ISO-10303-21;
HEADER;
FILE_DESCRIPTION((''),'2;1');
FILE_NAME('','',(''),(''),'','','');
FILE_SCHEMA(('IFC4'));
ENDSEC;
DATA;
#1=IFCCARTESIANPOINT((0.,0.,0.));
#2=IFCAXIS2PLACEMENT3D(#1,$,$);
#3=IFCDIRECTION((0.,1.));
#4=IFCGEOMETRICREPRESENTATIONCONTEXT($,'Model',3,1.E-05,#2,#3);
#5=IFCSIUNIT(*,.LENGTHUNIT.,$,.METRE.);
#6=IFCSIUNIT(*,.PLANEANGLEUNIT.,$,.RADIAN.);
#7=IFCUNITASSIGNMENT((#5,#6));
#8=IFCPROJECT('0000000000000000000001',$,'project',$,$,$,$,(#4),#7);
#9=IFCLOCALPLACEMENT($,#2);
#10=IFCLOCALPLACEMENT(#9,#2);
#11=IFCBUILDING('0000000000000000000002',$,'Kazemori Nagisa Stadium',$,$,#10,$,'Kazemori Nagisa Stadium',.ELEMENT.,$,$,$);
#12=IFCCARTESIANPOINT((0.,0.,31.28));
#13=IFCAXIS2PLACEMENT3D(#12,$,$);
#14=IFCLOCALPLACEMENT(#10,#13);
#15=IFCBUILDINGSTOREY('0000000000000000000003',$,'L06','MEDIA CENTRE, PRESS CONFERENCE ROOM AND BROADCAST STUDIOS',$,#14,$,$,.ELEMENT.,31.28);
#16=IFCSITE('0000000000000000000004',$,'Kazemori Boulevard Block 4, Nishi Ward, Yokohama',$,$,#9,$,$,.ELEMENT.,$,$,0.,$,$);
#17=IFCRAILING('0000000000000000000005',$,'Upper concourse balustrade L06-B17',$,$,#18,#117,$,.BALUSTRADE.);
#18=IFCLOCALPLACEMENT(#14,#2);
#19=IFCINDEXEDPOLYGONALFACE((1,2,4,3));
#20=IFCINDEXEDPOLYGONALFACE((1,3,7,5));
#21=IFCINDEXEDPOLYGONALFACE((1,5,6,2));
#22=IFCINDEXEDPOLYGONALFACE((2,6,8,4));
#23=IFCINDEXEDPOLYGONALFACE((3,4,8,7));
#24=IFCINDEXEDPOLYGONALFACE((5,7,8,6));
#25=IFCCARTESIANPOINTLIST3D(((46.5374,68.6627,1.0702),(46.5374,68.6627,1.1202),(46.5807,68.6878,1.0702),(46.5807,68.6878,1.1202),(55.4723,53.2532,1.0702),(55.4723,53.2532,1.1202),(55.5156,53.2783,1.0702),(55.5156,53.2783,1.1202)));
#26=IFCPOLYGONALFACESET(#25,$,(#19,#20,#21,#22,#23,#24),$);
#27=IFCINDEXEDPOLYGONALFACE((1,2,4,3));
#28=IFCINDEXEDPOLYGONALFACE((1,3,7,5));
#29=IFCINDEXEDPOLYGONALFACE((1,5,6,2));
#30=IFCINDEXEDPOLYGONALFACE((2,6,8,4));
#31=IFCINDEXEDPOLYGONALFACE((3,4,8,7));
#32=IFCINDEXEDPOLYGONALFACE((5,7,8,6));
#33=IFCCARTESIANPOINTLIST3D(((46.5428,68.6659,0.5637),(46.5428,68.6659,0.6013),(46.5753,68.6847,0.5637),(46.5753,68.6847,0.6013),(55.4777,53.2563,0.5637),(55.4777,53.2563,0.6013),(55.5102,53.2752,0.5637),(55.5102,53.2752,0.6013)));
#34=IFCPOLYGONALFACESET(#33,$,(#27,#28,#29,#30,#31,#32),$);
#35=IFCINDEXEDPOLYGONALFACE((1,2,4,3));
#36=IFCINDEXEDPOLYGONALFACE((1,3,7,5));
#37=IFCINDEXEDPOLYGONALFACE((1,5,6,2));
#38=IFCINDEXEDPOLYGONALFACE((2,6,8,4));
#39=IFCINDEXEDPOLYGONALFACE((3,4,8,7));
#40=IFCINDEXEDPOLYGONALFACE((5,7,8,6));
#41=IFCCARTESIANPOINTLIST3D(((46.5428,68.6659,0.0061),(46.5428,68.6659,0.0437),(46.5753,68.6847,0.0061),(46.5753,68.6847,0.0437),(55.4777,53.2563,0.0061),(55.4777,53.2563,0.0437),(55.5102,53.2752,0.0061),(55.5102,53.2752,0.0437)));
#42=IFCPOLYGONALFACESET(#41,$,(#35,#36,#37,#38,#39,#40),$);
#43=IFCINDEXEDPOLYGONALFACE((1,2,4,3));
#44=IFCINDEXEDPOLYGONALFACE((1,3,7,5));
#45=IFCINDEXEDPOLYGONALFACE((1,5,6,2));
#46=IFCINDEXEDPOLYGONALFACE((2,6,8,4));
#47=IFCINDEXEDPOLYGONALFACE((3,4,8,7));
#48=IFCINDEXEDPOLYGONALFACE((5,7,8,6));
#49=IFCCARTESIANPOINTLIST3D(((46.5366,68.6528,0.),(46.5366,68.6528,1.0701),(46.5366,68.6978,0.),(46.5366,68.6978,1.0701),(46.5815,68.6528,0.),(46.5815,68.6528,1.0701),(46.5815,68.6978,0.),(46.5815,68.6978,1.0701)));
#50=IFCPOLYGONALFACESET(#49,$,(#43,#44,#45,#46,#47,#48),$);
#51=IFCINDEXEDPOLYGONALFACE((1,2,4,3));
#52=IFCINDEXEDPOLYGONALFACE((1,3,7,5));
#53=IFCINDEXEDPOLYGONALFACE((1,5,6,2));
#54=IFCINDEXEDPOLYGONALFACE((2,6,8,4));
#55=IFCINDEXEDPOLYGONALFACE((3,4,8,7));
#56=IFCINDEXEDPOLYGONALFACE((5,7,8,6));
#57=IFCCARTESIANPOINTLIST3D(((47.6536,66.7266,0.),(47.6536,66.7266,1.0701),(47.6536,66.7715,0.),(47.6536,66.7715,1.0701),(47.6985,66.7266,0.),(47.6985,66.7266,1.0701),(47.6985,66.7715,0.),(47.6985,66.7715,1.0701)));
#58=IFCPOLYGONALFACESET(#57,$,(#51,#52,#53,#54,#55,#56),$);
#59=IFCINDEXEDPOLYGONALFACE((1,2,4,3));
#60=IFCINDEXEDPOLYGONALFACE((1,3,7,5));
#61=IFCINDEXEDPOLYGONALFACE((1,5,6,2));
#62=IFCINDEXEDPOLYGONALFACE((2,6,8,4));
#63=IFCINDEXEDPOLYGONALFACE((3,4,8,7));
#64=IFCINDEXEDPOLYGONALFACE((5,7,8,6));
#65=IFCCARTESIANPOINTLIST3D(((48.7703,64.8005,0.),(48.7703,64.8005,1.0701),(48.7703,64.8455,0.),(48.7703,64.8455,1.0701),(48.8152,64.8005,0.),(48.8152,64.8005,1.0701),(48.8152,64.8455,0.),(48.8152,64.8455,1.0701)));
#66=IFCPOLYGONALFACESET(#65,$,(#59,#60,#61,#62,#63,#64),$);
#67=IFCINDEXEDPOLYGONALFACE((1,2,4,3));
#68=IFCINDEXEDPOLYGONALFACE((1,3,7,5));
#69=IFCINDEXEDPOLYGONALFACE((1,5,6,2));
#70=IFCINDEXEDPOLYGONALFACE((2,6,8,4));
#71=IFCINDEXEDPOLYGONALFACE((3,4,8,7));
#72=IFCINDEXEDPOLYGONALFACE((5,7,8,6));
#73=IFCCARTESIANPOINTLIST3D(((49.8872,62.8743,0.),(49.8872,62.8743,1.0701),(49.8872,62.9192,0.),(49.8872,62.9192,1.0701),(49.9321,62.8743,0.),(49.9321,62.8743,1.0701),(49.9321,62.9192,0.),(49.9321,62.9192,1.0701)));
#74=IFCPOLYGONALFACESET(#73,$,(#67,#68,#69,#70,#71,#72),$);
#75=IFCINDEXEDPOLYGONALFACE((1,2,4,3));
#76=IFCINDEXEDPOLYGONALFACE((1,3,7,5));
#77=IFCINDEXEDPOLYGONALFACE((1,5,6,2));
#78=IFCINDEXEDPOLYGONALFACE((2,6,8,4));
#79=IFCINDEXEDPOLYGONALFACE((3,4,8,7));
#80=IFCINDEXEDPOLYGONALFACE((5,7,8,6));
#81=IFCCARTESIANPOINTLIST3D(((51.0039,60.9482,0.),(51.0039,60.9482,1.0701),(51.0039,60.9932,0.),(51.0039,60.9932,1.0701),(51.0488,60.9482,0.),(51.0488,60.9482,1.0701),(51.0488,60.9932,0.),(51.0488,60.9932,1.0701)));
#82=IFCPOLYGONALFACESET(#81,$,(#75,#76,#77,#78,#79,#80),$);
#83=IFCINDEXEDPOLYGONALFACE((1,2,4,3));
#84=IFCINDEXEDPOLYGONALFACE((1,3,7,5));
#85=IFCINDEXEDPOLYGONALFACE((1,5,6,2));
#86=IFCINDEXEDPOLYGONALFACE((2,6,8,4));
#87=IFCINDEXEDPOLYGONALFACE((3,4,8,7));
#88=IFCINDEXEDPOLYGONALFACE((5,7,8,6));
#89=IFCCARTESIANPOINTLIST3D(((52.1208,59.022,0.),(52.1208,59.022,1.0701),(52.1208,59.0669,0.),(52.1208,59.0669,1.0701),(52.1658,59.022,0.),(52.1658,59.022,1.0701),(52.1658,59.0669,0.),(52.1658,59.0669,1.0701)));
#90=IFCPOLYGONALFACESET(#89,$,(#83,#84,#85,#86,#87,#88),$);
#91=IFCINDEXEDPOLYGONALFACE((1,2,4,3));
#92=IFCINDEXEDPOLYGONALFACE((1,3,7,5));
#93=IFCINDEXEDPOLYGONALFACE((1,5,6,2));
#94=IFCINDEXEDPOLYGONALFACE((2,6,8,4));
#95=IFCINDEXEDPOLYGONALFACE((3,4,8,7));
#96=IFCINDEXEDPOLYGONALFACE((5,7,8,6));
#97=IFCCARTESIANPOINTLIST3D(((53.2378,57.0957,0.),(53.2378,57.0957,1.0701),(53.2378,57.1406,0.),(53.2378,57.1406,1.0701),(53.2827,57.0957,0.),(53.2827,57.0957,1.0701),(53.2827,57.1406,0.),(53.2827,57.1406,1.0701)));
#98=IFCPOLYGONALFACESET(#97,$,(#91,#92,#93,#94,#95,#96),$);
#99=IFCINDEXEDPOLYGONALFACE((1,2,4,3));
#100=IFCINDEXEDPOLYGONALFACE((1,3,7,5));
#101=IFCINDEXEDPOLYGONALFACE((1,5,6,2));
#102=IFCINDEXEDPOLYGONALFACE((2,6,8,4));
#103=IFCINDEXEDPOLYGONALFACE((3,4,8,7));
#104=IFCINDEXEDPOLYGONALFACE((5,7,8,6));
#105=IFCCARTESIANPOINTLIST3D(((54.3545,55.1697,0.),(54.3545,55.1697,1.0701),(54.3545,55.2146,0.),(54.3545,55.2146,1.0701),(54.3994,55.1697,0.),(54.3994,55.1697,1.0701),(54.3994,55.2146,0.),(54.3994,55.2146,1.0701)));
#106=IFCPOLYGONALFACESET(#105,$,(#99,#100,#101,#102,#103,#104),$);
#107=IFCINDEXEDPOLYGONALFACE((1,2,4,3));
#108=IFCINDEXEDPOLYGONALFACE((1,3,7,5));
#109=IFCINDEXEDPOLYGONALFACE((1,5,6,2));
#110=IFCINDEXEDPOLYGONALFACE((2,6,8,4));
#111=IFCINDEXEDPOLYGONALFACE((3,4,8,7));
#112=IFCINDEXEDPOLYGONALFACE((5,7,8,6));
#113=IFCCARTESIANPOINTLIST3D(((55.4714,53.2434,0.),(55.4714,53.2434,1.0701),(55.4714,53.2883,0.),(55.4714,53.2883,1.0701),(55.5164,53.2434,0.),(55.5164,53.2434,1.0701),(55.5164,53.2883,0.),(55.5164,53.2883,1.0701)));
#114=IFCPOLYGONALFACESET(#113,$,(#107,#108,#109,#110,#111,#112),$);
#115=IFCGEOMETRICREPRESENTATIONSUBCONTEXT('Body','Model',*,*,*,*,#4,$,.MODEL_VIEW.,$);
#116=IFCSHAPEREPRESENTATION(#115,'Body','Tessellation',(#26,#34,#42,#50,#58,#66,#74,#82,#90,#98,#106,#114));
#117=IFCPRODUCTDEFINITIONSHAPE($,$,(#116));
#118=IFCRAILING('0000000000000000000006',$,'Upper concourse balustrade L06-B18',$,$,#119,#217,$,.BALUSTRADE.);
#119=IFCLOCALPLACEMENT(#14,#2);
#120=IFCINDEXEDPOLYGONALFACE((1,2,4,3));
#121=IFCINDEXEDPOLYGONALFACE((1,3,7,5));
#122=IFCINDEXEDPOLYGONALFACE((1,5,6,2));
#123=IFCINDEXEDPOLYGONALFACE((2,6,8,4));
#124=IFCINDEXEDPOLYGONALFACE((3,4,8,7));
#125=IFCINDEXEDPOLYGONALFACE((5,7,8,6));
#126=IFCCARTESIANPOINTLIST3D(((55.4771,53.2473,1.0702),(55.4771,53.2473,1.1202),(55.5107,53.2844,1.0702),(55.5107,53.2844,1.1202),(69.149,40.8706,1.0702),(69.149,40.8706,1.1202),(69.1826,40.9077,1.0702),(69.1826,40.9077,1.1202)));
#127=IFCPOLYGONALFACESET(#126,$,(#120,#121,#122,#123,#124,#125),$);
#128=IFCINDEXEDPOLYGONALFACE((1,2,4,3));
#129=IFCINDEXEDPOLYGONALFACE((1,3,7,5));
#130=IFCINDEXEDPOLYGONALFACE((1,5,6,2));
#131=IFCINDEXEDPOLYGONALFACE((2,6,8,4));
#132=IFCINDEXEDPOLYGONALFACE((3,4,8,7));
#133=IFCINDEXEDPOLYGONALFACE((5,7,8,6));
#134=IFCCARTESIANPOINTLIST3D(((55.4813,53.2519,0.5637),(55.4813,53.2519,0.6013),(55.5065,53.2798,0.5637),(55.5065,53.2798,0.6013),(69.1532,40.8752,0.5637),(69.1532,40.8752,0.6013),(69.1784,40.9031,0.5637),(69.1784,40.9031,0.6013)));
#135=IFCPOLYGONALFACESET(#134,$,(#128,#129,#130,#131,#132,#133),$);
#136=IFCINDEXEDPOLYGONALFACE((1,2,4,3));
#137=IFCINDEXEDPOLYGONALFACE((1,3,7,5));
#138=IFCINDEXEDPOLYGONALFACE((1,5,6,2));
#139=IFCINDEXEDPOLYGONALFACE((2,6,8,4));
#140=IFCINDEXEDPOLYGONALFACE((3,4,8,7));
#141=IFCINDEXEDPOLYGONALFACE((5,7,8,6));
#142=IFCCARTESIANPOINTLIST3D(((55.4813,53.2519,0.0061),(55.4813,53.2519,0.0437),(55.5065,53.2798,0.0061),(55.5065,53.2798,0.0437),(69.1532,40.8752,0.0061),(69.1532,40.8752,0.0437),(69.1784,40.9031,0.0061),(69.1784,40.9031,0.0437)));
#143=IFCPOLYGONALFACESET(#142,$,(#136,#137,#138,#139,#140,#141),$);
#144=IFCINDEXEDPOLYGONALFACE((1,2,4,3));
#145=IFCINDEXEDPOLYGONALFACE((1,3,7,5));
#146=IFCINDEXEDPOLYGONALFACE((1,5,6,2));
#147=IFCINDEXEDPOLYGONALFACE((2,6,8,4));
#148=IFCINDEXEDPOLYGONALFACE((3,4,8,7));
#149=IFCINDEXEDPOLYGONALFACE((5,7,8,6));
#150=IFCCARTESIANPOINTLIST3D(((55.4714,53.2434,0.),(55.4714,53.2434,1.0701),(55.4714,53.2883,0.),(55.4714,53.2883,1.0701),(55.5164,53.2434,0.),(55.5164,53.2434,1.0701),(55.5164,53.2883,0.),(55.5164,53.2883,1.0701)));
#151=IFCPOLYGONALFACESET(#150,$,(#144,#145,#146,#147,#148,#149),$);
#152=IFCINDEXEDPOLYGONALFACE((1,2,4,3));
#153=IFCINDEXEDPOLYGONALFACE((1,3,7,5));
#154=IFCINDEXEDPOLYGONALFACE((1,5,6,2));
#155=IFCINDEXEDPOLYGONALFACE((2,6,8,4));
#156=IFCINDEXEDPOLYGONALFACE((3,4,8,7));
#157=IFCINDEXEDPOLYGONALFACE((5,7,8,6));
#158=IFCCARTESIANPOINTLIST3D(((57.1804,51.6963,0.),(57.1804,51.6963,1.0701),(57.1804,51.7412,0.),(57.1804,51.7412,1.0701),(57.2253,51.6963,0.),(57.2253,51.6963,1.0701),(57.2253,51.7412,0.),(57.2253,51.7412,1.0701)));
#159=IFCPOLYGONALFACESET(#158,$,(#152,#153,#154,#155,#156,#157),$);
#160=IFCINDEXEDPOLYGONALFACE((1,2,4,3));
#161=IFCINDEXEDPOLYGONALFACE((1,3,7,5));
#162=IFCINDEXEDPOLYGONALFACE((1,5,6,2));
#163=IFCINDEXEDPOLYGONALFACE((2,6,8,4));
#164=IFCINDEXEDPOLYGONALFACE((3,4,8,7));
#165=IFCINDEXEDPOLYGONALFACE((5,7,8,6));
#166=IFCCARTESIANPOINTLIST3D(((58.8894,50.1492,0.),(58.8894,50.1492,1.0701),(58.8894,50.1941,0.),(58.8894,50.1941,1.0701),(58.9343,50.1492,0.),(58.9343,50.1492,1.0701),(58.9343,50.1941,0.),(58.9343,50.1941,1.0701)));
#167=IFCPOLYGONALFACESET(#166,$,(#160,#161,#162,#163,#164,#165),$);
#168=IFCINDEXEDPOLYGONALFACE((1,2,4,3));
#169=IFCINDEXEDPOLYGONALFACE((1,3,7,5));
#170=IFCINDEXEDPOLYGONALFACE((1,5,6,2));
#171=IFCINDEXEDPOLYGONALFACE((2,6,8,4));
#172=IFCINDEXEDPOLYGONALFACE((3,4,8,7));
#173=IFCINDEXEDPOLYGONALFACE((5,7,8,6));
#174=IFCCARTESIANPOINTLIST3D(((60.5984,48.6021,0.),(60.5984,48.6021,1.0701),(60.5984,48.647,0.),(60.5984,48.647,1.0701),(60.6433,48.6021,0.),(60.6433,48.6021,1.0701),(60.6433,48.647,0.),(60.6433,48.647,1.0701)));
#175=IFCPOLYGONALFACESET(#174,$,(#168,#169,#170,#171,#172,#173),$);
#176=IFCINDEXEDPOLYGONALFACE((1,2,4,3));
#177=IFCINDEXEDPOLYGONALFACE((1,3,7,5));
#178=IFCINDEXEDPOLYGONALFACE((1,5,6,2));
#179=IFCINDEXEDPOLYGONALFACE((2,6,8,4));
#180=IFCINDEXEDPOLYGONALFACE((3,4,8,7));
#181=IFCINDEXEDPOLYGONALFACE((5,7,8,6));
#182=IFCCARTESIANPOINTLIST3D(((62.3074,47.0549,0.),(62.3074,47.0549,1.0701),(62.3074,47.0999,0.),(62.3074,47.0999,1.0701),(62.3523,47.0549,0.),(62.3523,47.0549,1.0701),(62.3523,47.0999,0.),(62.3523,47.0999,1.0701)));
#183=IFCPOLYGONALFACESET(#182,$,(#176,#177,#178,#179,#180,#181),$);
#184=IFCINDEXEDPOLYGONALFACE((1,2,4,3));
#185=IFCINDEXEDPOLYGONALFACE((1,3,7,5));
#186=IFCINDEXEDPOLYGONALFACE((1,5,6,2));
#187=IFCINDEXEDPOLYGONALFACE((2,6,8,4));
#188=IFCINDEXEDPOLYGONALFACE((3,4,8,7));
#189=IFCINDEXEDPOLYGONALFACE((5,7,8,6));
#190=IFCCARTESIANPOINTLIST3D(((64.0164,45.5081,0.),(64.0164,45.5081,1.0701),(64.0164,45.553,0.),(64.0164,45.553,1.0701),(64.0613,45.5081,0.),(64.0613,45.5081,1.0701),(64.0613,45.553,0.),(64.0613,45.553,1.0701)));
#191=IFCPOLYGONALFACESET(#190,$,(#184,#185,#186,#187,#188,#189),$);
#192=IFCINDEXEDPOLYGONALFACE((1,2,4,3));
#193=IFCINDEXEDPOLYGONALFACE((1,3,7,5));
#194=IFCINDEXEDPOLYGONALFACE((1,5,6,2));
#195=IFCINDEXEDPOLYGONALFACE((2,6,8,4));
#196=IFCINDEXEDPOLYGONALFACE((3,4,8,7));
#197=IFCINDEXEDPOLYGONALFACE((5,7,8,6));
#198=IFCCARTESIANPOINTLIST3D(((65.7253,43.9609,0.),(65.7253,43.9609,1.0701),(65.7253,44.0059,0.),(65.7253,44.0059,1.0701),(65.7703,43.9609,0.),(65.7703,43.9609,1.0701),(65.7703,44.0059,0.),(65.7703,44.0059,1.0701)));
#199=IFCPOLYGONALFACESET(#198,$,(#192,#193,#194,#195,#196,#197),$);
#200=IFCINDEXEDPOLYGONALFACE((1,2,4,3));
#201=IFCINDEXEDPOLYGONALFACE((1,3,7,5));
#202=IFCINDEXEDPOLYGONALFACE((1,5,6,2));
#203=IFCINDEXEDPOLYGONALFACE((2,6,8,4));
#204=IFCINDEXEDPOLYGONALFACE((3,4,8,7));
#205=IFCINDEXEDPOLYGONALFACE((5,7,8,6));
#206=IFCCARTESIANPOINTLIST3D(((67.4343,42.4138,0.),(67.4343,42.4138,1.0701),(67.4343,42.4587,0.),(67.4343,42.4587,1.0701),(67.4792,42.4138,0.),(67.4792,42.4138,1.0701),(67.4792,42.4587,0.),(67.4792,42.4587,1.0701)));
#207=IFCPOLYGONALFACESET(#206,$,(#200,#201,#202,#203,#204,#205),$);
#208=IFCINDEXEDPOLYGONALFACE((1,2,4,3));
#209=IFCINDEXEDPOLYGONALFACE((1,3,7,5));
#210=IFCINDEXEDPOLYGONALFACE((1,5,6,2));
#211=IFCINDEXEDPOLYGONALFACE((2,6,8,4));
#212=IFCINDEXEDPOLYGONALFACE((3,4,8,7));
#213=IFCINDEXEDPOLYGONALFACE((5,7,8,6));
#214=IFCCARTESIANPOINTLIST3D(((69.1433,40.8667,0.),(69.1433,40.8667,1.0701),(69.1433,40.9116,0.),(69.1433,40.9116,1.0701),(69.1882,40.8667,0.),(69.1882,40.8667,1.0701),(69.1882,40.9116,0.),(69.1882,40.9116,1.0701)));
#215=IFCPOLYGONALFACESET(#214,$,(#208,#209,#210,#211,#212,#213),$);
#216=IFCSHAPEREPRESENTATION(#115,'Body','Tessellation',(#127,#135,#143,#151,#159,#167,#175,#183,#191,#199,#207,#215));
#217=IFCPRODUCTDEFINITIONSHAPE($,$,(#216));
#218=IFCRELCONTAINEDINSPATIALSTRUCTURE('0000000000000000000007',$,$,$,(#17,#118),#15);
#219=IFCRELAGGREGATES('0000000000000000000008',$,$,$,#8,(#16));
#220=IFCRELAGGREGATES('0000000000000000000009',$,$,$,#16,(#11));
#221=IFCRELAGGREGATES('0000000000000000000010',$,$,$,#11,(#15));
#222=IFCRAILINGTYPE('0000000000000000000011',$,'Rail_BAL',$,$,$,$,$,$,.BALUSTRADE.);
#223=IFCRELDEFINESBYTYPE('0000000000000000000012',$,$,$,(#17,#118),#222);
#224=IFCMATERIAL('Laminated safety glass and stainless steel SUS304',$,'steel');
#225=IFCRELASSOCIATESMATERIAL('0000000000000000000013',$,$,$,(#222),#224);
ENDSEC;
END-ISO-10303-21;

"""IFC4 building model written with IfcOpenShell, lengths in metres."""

from ifc_helpers import new_model, si_unit, direction, frame, origin, origin_2d, place, context, subcontext, project, spatial, rectangle, extrude, material, type_object, element, save


model = new_model("IFC4")

# Units and contexts
model_context = context("Model", 3, precision=1e-05, world=origin(), true_north=direction((0.0, 1.0)))
body_context = subcontext(model_context, "Body", "Model", "MODEL_VIEW")
ifc_project = project(units=[si_unit("LENGTHUNIT", "METRE"), si_unit("PLANEANGLEUNIT", "RADIAN")], contexts=[model_context])

# Site, building, storey
site_placement = place(None, origin())
site = spatial("IfcSite", under=ifc_project, at=site_placement, Name="Kazemori Boulevard Block 4, Nishi Ward, Yokohama", CompositionType="ELEMENT", RefElevation=0.0)
building_placement = place(site_placement, origin())
building = spatial("IfcBuilding", under=site, at=building_placement, Name="Kazemori Nagisa Stadium", LongName="Kazemori Nagisa Stadium", CompositionType="ELEMENT")
storey_placement = place(building_placement, frame((0.0, 0.0, 31.28)))
storey = spatial("IfcBuildingStorey", under=building, at=storey_placement, Name="L06", Description="MEDIA CENTRE, PRESS CONFERENCE ROOM AND BROADCAST STUDIOS", CompositionType="ELEMENT", Elevation=31.28)

# Railings
ifc_material_1 = material(Name="Laminated safety glass and stainless steel SUS304", Category="steel")
railing_type_1 = type_object("IfcRailingType", Name="Rail_BAL", PredefinedType="BALUSTRADE", material=ifc_material_1)
railing_1_placement = place(storey_placement, frame((46.5591, 68.6753, 0.0)))
element("IfcRailing", 1, at=railing_1_placement, inside=storey, type_object=railing_type_1, Name="Upper concourse balustrade L06-B17", PredefinedType="BALUSTRADE", context=body_context, shape_type="SweptSolid", body=[
    extrude(rectangle(XDim=0.05, YDim=0.05, at=origin_2d()), frame((0.0, 0.0, 1.0952), z_axis=(0.501607, -0.865096, 0.0), x_axis=(0.865096, 0.501607, 0.0)), (0.0, 0.0, 1.0), 17.8125),
    extrude(rectangle(XDim=0.0376, YDim=0.0376, at=origin_2d()), frame((0.0, 0.0, 0.5825), z_axis=(0.501607, -0.865096, 0.0), x_axis=(0.865096, 0.501607, 0.0)), (0.0, 0.0, 1.0), 17.8125),
    extrude(rectangle(XDim=0.0376, YDim=0.0376, at=origin_2d()), frame((0.0, 0.0, 0.0249), z_axis=(0.501607, -0.865096, 0.0), x_axis=(0.865096, 0.501607, 0.0)), (0.0, 0.0, 1.0), 17.8125),
    extrude(rectangle(XDim=0.0449, YDim=0.0449, at=origin_2d()), origin(), (0.0, 0.0, 1.0), 1.0701),
    extrude(rectangle(XDim=0.0449, YDim=0.0449, at=origin_2d()), frame((1.1169, -1.9263, 0.0)), (0.0, 0.0, 1.0), 1.0701),
    extrude(rectangle(XDim=0.0449, YDim=0.0449, at=origin_2d()), frame((2.2336, -3.8523, 0.0)), (0.0, 0.0, 1.0), 1.0701),
    extrude(rectangle(XDim=0.0449, YDim=0.0449, at=origin_2d()), frame((3.3506, -5.7786, 0.0)), (0.0, 0.0, 1.0), 1.0701),
    extrude(rectangle(XDim=0.0449, YDim=0.0449, at=origin_2d()), frame((4.4673, -7.7046, 0.0)), (0.0, 0.0, 1.0), 1.0701),
    extrude(rectangle(XDim=0.0449, YDim=0.0449, at=origin_2d()), frame((5.5842, -9.6309, 0.0)), (0.0, 0.0, 1.0), 1.0701),
    extrude(rectangle(XDim=0.0449, YDim=0.0449, at=origin_2d()), frame((6.7012, -11.5571, 0.0)), (0.0, 0.0, 1.0), 1.0701),
    extrude(rectangle(XDim=0.0449, YDim=0.0449, at=origin_2d()), frame((7.8179, -13.4832, 0.0)), (0.0, 0.0, 1.0), 1.0701),
    extrude(rectangle(XDim=0.0449, YDim=0.0449, at=origin_2d()), frame((8.9348, -15.4094, 0.0)), (0.0, 0.0, 1.0), 1.0701),
])
railing_2_placement = place(storey_placement, frame((55.4939, 53.2659, 0.0)))
element("IfcRailing", 2, at=railing_2_placement, inside=storey, type_object=railing_type_1, Name="Upper concourse balustrade L06-B18", PredefinedType="BALUSTRADE", context=body_context, shape_type="SweptSolid", body=[
    extrude(rectangle(XDim=0.05, YDim=0.05, at=origin_2d()), frame((0.0, 0.0, 1.0952), z_axis=(0.741349, -0.67112, 0.0), x_axis=(0.67112, 0.741349, 0.0)), (0.0, 0.0, 1.0), 18.4419),
    extrude(rectangle(XDim=0.0376, YDim=0.0376, at=origin_2d()), frame((0.0, 0.0, 0.5825), z_axis=(0.741349, -0.67112, 0.0), x_axis=(0.67112, 0.741349, 0.0)), (0.0, 0.0, 1.0), 18.4419),
    extrude(rectangle(XDim=0.0376, YDim=0.0376, at=origin_2d()), frame((0.0, 0.0, 0.0249), z_axis=(0.741349, -0.67112, 0.0), x_axis=(0.67112, 0.741349, 0.0)), (0.0, 0.0, 1.0), 18.4419),
    extrude(rectangle(XDim=0.0449, YDim=0.0449, at=origin_2d()), origin(), (0.0, 0.0, 1.0), 1.0701),
    extrude(rectangle(XDim=0.0449, YDim=0.0449, at=origin_2d()), frame((1.709, -1.5471, 0.0)), (0.0, 0.0, 1.0), 1.0701),
    extrude(rectangle(XDim=0.0449, YDim=0.0449, at=origin_2d()), frame((3.418, -3.0942, 0.0)), (0.0, 0.0, 1.0), 1.0701),
    extrude(rectangle(XDim=0.0449, YDim=0.0449, at=origin_2d()), frame((5.127, -4.6414, 0.0)), (0.0, 0.0, 1.0), 1.0701),
    extrude(rectangle(XDim=0.0449, YDim=0.0449, at=origin_2d()), frame((6.8359, -6.1885, 0.0)), (0.0, 0.0, 1.0), 1.0701),
    extrude(rectangle(XDim=0.0449, YDim=0.0449, at=origin_2d()), frame((8.5449, -7.7354, 0.0)), (0.0, 0.0, 1.0), 1.0701),
    extrude(rectangle(XDim=0.0449, YDim=0.0449, at=origin_2d()), frame((10.2539, -9.2825, 0.0)), (0.0, 0.0, 1.0), 1.0701),
    extrude(rectangle(XDim=0.0449, YDim=0.0449, at=origin_2d()), frame((11.9629, -10.8296, 0.0)), (0.0, 0.0, 1.0), 1.0701),
    extrude(rectangle(XDim=0.0449, YDim=0.0449, at=origin_2d()), frame((13.6719, -12.3767, 0.0)), (0.0, 0.0, 1.0), 1.0701),
])

save(model, "model.ifc")
